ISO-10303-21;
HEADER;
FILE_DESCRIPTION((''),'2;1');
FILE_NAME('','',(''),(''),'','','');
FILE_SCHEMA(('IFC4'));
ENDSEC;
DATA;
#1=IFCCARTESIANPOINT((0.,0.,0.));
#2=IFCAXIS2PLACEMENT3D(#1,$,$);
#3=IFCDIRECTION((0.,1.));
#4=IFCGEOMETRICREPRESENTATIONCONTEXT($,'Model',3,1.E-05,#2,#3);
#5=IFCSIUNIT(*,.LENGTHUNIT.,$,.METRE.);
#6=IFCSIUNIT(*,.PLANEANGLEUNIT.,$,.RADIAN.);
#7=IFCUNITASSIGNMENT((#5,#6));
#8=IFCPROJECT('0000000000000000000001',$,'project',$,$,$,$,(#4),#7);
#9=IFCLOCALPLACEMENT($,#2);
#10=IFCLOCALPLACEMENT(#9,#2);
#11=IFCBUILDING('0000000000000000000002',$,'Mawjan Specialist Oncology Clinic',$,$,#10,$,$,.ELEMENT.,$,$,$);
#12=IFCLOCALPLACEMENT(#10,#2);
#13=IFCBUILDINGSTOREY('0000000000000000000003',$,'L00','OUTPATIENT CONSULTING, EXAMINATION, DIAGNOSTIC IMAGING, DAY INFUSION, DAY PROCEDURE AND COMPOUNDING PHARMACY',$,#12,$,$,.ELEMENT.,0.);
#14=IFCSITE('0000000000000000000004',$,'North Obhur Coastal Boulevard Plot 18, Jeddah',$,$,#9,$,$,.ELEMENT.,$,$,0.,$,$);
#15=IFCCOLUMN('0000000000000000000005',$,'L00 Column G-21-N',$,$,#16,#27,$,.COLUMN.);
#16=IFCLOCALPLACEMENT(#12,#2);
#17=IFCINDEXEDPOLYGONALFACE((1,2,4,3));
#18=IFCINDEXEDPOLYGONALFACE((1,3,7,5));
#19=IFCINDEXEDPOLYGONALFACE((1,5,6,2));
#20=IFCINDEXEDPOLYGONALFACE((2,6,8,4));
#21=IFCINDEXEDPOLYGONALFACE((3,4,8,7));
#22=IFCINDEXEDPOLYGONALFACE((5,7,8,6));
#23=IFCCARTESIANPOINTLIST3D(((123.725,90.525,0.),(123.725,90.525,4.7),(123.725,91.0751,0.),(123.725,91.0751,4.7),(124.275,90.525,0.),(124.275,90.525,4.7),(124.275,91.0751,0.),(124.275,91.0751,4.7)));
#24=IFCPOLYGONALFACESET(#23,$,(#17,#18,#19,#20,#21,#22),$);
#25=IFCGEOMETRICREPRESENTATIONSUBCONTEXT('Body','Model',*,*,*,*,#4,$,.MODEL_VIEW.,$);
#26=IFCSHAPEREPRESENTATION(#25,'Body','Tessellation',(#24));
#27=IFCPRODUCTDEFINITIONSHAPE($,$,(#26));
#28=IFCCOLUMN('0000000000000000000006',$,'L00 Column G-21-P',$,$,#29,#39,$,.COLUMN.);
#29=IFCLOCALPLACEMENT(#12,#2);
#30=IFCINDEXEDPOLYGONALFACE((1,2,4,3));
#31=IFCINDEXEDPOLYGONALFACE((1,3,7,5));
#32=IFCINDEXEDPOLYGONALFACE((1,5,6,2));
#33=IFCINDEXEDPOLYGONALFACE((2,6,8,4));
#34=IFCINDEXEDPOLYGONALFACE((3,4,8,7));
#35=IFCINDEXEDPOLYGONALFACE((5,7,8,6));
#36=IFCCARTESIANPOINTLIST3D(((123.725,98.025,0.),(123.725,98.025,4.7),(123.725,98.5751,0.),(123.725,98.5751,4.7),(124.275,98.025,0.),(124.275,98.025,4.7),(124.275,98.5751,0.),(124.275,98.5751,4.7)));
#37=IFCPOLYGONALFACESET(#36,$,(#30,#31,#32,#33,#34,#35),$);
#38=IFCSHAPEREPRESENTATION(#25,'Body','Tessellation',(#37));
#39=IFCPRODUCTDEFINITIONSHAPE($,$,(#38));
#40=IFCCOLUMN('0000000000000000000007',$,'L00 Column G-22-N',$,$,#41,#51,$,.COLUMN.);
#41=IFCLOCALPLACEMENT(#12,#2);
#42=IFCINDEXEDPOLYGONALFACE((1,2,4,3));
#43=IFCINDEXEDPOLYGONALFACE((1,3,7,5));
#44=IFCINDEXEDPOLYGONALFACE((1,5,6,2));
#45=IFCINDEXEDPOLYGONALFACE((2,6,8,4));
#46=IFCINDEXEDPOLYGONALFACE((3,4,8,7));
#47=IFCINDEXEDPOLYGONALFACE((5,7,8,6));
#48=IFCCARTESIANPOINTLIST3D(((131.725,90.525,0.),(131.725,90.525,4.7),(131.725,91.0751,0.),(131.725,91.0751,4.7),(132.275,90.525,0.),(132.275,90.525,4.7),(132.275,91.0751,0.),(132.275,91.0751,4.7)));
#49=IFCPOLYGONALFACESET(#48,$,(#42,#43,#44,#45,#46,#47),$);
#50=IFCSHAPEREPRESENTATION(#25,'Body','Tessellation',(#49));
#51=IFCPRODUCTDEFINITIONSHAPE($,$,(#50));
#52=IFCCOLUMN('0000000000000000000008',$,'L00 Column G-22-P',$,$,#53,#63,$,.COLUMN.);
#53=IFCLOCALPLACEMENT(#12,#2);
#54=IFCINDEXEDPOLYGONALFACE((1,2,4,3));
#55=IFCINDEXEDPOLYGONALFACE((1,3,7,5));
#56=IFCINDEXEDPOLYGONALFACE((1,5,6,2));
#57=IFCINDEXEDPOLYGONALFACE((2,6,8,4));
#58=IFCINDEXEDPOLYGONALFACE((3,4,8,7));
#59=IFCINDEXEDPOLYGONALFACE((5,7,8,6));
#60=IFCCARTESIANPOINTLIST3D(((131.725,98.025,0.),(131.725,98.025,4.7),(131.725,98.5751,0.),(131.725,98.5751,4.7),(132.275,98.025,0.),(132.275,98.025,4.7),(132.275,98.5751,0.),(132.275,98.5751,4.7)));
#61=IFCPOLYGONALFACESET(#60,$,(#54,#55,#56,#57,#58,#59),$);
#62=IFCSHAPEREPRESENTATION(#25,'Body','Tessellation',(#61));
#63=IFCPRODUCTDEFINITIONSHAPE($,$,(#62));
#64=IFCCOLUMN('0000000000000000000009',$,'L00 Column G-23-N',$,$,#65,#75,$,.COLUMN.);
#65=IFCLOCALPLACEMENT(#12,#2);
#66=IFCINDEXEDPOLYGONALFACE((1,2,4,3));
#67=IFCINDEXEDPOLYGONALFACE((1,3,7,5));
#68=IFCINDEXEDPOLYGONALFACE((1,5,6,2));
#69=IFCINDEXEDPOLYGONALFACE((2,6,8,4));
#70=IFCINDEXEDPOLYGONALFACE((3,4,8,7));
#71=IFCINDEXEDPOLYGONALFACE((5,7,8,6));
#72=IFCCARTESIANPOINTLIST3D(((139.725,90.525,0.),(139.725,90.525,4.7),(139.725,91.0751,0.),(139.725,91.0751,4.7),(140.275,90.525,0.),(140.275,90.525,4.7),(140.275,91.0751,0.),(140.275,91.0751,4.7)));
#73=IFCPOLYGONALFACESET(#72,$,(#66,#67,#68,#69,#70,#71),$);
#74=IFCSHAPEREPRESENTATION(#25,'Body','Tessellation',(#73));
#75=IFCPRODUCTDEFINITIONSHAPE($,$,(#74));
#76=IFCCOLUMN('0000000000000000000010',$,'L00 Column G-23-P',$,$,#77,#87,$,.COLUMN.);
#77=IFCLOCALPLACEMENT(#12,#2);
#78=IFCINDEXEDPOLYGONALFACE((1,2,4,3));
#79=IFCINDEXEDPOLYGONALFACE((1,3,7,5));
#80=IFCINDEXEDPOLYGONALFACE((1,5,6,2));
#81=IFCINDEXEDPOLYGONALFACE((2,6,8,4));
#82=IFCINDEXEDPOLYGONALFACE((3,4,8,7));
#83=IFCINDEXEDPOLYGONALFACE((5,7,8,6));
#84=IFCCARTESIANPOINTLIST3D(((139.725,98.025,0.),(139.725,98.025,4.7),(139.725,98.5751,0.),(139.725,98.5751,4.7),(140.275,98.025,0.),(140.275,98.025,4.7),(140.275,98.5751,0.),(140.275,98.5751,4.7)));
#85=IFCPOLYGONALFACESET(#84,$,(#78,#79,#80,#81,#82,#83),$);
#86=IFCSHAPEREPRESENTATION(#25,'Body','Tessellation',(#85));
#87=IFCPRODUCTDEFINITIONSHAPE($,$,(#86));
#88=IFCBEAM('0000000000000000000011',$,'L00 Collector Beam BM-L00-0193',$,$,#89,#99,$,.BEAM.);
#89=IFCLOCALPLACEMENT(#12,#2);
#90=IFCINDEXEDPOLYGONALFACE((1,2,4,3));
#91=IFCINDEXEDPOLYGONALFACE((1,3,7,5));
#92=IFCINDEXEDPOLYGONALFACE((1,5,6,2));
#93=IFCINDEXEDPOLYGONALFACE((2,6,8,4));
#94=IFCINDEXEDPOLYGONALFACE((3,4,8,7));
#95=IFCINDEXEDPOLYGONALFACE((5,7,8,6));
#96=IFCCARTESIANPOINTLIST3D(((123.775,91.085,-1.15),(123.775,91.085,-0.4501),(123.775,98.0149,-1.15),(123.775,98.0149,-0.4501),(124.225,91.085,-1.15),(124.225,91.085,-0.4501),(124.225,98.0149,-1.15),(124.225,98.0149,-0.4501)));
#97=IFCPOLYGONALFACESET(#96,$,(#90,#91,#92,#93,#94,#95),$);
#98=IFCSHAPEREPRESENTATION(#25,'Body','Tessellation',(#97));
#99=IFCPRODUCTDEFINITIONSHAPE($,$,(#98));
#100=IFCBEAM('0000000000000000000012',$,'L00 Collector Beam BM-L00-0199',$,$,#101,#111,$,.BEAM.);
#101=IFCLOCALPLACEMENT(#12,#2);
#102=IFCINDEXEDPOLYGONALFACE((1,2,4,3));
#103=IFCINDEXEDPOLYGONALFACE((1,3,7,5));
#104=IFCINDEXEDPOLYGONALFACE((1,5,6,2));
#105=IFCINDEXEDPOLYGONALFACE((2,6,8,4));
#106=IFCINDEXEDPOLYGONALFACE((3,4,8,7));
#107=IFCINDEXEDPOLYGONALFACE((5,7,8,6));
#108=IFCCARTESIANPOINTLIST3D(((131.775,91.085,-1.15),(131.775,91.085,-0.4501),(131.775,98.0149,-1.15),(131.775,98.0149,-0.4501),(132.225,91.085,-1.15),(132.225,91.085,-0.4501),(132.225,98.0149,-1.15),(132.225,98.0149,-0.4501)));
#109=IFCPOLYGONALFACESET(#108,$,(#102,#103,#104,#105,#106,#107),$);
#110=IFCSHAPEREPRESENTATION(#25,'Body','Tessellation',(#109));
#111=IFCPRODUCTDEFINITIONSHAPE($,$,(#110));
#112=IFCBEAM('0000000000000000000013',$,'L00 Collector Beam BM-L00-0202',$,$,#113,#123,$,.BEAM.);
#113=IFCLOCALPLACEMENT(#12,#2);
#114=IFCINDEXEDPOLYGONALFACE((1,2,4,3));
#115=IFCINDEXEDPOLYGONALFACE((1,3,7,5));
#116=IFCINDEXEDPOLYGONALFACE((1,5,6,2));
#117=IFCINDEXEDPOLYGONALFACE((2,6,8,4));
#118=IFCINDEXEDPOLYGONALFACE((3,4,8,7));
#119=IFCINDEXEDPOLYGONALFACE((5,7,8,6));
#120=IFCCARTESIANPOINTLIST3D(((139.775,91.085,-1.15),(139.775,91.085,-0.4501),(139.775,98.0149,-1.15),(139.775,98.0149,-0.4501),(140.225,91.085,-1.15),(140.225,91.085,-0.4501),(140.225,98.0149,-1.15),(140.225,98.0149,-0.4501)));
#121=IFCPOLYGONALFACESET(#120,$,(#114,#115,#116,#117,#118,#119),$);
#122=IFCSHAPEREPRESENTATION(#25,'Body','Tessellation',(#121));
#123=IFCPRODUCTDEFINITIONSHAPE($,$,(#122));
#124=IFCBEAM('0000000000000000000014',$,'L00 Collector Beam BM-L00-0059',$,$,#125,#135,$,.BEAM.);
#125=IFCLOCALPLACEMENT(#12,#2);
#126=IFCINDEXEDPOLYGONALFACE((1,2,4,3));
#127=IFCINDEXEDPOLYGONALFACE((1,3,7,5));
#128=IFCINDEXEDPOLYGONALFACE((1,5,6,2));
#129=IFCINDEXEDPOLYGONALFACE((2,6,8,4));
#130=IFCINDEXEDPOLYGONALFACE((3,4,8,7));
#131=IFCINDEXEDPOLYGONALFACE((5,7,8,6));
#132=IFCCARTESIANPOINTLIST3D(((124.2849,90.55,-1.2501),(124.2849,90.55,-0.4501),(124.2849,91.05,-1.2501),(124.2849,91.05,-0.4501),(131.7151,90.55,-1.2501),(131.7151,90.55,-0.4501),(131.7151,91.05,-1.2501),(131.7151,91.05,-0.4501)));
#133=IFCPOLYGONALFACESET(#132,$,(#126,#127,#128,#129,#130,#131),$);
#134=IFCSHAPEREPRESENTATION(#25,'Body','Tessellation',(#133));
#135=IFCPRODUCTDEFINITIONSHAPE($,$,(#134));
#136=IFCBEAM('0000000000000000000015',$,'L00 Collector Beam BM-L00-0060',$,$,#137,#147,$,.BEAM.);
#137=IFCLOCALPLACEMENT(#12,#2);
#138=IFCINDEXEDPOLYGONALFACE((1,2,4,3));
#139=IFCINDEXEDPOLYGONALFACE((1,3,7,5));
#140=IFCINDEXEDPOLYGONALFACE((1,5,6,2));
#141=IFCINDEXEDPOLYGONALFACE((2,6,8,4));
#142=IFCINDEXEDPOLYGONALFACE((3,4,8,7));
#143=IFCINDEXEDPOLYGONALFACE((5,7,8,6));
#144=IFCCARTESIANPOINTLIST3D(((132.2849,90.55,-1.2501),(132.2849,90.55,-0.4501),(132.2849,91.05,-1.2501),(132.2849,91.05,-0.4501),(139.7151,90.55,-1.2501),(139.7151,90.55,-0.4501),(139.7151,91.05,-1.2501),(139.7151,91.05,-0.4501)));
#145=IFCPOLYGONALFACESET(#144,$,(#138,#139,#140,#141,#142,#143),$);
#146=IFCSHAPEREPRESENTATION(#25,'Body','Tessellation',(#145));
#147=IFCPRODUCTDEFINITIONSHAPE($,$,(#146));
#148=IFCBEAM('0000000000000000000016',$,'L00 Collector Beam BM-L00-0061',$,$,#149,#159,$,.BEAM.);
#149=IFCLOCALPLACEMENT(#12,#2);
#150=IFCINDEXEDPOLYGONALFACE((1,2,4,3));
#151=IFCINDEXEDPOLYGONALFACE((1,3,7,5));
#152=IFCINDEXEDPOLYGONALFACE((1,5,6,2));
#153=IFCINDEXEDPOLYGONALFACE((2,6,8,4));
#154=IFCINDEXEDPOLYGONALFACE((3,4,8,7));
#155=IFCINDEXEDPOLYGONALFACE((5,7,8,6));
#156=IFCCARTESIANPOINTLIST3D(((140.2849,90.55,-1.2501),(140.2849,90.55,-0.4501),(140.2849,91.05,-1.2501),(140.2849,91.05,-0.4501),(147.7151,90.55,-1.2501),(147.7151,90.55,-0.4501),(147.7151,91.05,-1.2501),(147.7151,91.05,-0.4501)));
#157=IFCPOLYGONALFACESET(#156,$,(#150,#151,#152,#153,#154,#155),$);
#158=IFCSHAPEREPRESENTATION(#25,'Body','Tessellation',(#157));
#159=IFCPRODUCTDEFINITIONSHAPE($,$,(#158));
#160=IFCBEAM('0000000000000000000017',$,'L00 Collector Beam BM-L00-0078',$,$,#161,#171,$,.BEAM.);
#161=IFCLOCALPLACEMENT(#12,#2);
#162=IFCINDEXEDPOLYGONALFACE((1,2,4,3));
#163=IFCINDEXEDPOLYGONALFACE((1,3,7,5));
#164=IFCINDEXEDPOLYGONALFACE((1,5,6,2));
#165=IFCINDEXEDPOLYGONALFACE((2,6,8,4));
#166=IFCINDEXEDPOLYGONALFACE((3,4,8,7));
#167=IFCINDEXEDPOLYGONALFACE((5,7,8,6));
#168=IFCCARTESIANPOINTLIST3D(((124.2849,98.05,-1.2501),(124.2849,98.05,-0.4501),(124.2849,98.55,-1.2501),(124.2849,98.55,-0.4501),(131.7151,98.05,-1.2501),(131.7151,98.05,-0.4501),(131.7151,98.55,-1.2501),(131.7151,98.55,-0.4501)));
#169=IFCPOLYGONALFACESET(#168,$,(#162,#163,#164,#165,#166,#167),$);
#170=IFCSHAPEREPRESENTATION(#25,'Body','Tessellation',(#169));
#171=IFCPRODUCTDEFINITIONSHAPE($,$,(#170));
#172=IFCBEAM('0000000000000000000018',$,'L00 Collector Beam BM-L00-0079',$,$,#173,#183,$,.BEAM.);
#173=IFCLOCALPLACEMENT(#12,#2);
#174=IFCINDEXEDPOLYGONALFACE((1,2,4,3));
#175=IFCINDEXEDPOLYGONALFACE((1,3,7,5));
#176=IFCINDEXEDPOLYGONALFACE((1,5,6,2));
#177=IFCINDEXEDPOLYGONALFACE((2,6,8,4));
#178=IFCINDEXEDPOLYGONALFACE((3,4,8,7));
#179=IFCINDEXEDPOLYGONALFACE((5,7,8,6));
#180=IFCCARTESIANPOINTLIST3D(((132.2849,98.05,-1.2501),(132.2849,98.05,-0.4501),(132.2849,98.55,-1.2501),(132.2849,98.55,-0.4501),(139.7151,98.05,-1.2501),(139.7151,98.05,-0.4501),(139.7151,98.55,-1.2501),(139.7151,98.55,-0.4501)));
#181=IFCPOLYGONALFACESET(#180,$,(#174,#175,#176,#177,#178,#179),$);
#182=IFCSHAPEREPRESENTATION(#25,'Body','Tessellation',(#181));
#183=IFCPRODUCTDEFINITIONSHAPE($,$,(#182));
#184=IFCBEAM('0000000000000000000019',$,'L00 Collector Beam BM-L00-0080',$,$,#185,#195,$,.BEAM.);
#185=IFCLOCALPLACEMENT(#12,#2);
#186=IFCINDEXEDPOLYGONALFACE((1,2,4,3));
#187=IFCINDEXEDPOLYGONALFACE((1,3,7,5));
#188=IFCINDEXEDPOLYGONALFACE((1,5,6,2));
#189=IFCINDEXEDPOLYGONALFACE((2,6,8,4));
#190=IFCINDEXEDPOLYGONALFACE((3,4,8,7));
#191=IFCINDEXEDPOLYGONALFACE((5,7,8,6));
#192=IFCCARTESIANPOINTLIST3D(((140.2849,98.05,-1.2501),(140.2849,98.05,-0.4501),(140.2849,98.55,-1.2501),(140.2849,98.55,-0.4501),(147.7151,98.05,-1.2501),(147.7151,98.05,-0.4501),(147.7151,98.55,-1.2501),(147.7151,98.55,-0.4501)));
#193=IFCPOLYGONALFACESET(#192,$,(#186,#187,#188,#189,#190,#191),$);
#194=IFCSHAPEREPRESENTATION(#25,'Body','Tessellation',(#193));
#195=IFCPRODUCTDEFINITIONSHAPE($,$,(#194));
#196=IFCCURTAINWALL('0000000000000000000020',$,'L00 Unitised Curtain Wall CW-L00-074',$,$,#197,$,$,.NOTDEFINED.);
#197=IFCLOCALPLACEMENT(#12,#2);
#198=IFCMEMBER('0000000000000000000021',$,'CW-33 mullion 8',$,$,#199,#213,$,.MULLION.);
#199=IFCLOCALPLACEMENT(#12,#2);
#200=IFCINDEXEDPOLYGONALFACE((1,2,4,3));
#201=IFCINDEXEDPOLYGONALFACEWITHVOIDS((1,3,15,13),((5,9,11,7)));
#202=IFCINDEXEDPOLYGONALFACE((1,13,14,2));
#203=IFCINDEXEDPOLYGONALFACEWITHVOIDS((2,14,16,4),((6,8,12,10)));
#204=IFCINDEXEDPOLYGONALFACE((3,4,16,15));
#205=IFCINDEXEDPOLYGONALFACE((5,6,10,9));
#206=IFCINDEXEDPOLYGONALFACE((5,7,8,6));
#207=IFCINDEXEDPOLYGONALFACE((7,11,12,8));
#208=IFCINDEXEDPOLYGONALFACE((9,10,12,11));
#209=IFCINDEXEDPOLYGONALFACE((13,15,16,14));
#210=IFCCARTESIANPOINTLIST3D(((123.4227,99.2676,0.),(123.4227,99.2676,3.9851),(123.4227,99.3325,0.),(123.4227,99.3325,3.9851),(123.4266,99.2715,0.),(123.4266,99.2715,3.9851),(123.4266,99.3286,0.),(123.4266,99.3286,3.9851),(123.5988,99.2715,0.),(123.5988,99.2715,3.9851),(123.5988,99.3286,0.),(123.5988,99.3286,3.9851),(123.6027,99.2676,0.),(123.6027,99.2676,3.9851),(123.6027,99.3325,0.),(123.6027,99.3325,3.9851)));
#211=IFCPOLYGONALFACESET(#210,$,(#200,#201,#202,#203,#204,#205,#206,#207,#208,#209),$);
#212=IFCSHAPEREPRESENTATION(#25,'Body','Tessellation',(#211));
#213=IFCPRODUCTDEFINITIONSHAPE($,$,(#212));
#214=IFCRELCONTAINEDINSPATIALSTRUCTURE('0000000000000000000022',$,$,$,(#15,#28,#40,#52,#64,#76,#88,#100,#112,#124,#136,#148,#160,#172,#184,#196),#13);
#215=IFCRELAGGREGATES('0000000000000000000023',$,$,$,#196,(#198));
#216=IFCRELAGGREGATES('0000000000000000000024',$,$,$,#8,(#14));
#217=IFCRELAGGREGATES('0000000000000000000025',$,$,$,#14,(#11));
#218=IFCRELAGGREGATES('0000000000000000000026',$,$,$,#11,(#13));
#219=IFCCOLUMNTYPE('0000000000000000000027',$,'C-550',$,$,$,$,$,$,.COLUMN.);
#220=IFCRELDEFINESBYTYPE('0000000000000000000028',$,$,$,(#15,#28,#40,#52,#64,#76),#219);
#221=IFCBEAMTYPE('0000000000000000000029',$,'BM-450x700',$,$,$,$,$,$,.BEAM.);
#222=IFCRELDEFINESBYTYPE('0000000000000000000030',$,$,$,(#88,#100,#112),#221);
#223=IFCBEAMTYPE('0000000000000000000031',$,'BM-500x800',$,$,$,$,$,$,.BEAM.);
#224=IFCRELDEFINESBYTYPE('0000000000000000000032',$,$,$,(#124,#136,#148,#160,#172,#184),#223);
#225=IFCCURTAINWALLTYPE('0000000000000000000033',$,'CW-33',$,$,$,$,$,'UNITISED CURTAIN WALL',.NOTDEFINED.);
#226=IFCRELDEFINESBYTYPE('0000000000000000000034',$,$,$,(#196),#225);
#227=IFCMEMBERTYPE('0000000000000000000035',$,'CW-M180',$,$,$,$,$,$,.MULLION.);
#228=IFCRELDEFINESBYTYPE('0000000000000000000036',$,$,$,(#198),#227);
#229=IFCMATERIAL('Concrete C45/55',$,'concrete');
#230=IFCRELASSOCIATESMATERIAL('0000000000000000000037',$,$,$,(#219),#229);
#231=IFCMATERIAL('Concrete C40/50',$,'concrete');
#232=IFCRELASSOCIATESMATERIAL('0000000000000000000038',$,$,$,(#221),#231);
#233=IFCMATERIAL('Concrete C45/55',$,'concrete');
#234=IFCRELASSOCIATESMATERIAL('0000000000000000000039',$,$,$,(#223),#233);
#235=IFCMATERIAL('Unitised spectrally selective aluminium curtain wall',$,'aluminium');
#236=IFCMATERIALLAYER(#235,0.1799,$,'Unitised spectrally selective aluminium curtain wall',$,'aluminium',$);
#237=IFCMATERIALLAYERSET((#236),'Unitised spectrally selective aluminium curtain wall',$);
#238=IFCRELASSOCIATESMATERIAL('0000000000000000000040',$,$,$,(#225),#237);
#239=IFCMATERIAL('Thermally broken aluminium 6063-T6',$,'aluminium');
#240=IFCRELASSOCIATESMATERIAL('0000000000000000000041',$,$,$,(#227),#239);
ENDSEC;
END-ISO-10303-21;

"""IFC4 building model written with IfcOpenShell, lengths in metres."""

from ifc_helpers import new_model, si_unit, direction, frame, origin, origin_2d, place, context, subcontext, project, spatial, rectangle, hollow_rectangle, extrude, material, layer, layer_set, material_profile, profile_set, type_object, element, aggregate, save


model = new_model("IFC4")

# Units and contexts
model_context = context("Model", 3, precision=1e-05, world=origin(), true_north=direction((0.0, 1.0)))
body_context = subcontext(model_context, "Body", "Model", "MODEL_VIEW")
ifc_project = project(units=[si_unit("LENGTHUNIT", "METRE"), si_unit("PLANEANGLEUNIT", "RADIAN")], contexts=[model_context])

# Site, building, storey
site_placement = place(None, origin())
site = spatial("IfcSite", under=ifc_project, at=site_placement, Name="North Obhur Coastal Boulevard Plot 18, Jeddah", CompositionType="ELEMENT", RefElevation=0.0)
building_placement = place(site_placement, origin())
building = spatial("IfcBuilding", under=site, at=building_placement, Name="Mawjan Specialist Oncology Clinic", CompositionType="ELEMENT")
storey_placement = place(building_placement, origin())
storey = spatial("IfcBuildingStorey", under=building, at=storey_placement, Name="L00", Description="OUTPATIENT CONSULTING, EXAMINATION, DIAGNOSTIC IMAGING, DAY INFUSION, DAY PROCEDURE AND COMPOUNDING PHARMACY", CompositionType="ELEMENT", Elevation=0.0)

# Columns
ifc_material_1 = material(Name="Concrete C45/55", Category="concrete")
ifc_material_profile_1 = material_profile(ifc_material_1, rectangle(XDim=0.55, YDim=0.55, at=origin_2d()), Name="RC COL 550x550", Category="concrete")
ifc_profile_set_1 = profile_set([ifc_material_profile_1], Name="Concrete C45/55")
column_type = type_object("IfcColumnType", Name="C-550", PredefinedType="COLUMN", material=ifc_profile_set_1)
for number, where, z_axis, x_axis, name in (
    (1, (124.0, 90.8, 0.0), (0.0, 0.0, 1.0), (1.0, 0.0, 0.0), "L00 Column G-21-N"),
    (2, (124.0, 98.3, 0.0), (0.0, 0.0, 1.0), (1.0, 0.0, 0.0), "L00 Column G-21-P"),
    (3, (132.0, 90.8, 0.0), (0.0, 0.0, 1.0), (1.0, 0.0, 0.0), "L00 Column G-22-N"),
    (4, (132.0, 98.3, 0.0), (0.0, 0.0, 1.0), (1.0, 0.0, 0.0), "L00 Column G-22-P"),
    (5, (140.0, 90.8, 0.0), (0.0, 0.0, 1.0), (1.0, 0.0, 0.0), "L00 Column G-23-N"),
    (6, (140.0, 98.3, 0.0), (0.0, 0.0, 1.0), (1.0, 0.0, 0.0), "L00 Column G-23-P"),
):
    element("IfcColumn", number, at=place(storey_placement, frame(where, z_axis=z_axis, x_axis=x_axis)), inside=storey, type_object=column_type, Name=name, PredefinedType="COLUMN", context=body_context, shape_type="SweptSolid", body=[
        extrude(rectangle(XDim=0.55, YDim=0.55, at=origin_2d()), origin(), (0.0, 0.0, 1.0), 4.7),
    ])

# Beams
ifc_material_2 = material(Name="Concrete C40/50", Category="concrete")
ifc_material_profile_2 = material_profile(ifc_material_2, rectangle(XDim=0.45, YDim=0.7, at=origin_2d()), Name="RC BM 450x700", Category="concrete")
ifc_profile_set_2 = profile_set([ifc_material_profile_2], Name="Concrete C40/50")
beam_type_1 = type_object("IfcBeamType", Name="BM-450x700", PredefinedType="BEAM", material=ifc_profile_set_2)
for number, where, z_axis, x_axis, name in (
    (7, (124.0, 91.085, -0.8), (0.0, 1.0, 0.0), (-1.0, 0.0, 0.0), "L00 Collector Beam BM-L00-0193"),
    (8, (132.0, 91.085, -0.8), (0.0, 1.0, 0.0), (-1.0, 0.0, 0.0), "L00 Collector Beam BM-L00-0199"),
    (9, (140.0, 91.085, -0.8), (0.0, 1.0, 0.0), (-1.0, 0.0, 0.0), "L00 Collector Beam BM-L00-0202"),
):
    element("IfcBeam", number, at=place(storey_placement, frame(where, z_axis=z_axis, x_axis=x_axis)), inside=storey, type_object=beam_type_1, Name=name, PredefinedType="BEAM", context=body_context, shape_type="SweptSolid", body=[
        extrude(rectangle(XDim=0.45, YDim=0.7, at=origin_2d()), origin(), (0.0, 0.0, 1.0), 6.9299),
    ])
ifc_material_3 = material(Name="Concrete C45/55", Category="concrete")
ifc_material_profile_3 = material_profile(ifc_material_3, rectangle(XDim=0.5, YDim=0.8, at=origin_2d()), Name="RC BM 500x800", Category="concrete")
ifc_profile_set_3 = profile_set([ifc_material_profile_3], Name="Concrete C45/55")
beam_type_2 = type_object("IfcBeamType", Name="BM-500x800", PredefinedType="BEAM", material=ifc_profile_set_3)
for number, where, z_axis, x_axis, name in (
    (10, (124.2849, 90.8, -0.8501), (1.0, 0.0, 0.0), (0.0, 1.0, 0.0), "L00 Collector Beam BM-L00-0059"),
    (11, (132.2849, 90.8, -0.8501), (1.0, 0.0, 0.0), (0.0, 1.0, 0.0), "L00 Collector Beam BM-L00-0060"),
    (12, (140.2849, 90.8, -0.8501), (1.0, 0.0, 0.0), (0.0, 1.0, 0.0), "L00 Collector Beam BM-L00-0061"),
    (13, (124.2849, 98.3, -0.8501), (1.0, 0.0, 0.0), (0.0, 1.0, 0.0), "L00 Collector Beam BM-L00-0078"),
    (14, (132.2849, 98.3, -0.8501), (1.0, 0.0, 0.0), (0.0, 1.0, 0.0), "L00 Collector Beam BM-L00-0079"),
    (15, (140.2849, 98.3, -0.8501), (1.0, 0.0, 0.0), (0.0, 1.0, 0.0), "L00 Collector Beam BM-L00-0080"),
):
    element("IfcBeam", number, at=place(storey_placement, frame(where, z_axis=z_axis, x_axis=x_axis)), inside=storey, type_object=beam_type_2, Name=name, PredefinedType="BEAM", context=body_context, shape_type="SweptSolid", body=[
        extrude(rectangle(XDim=0.5, YDim=0.8, at=origin_2d()), origin(), (0.0, 0.0, 1.0), 7.4302),
    ])

# Curtain wall, member
ifc_material_4 = material(Name="Unitised spectrally selective aluminium curtain wall", Category="aluminium")
ifc_layer_1 = layer(ifc_material_4, 0.1799, Name="Unitised spectrally selective aluminium curtain wall", Category="aluminium")
ifc_layer_set_1 = layer_set([ifc_layer_1], Name="Unitised spectrally selective aluminium curtain wall")
curtain_wall_type = type_object("IfcCurtainWallType", Name="CW-33", ElementType="UNITISED CURTAIN WALL", PredefinedType="NOTDEFINED", material=ifc_layer_set_1)
curtain_wall_placement = place(storey_placement, origin())
curtain_wall = element("IfcCurtainWall", 16, at=curtain_wall_placement, inside=storey, type_object=curtain_wall_type, Name="L00 Unitised Curtain Wall CW-L00-074", PredefinedType="NOTDEFINED")
ifc_material_5 = material(Name="Thermally broken aluminium 6063-T6", Category="aluminium")
ifc_material_profile_4 = material_profile(ifc_material_5, hollow_rectangle(XDim=0.0649, YDim=0.1799, WallThickness=0.0039, at=origin_2d()), Name="ALU MULLION 180x65x4", Category="aluminium")
ifc_profile_set_4 = profile_set([ifc_material_profile_4], Name="Thermally broken aluminium 6063-T6")
member_type = type_object("IfcMemberType", Name="CW-M180", PredefinedType="MULLION", material=ifc_profile_set_4)
member_placement = place(storey_placement, frame((123.5127, 99.3, 0.0), z_axis=(0.0, 0.0, 1.0), x_axis=(0.0, 1.0, 0.0)))
member = element("IfcMember", 17, at=member_placement, type_object=member_type, Name="CW-33 mullion 8", PredefinedType="MULLION", context=body_context, shape_type="SweptSolid", body=[
    extrude(hollow_rectangle(XDim=0.0649, YDim=0.1799, WallThickness=0.0039, at=origin_2d()), origin(), (0.0, 0.0, 1.0), 3.9851),
])
aggregate(curtain_wall, [member])

save(model, "model.ifc")
